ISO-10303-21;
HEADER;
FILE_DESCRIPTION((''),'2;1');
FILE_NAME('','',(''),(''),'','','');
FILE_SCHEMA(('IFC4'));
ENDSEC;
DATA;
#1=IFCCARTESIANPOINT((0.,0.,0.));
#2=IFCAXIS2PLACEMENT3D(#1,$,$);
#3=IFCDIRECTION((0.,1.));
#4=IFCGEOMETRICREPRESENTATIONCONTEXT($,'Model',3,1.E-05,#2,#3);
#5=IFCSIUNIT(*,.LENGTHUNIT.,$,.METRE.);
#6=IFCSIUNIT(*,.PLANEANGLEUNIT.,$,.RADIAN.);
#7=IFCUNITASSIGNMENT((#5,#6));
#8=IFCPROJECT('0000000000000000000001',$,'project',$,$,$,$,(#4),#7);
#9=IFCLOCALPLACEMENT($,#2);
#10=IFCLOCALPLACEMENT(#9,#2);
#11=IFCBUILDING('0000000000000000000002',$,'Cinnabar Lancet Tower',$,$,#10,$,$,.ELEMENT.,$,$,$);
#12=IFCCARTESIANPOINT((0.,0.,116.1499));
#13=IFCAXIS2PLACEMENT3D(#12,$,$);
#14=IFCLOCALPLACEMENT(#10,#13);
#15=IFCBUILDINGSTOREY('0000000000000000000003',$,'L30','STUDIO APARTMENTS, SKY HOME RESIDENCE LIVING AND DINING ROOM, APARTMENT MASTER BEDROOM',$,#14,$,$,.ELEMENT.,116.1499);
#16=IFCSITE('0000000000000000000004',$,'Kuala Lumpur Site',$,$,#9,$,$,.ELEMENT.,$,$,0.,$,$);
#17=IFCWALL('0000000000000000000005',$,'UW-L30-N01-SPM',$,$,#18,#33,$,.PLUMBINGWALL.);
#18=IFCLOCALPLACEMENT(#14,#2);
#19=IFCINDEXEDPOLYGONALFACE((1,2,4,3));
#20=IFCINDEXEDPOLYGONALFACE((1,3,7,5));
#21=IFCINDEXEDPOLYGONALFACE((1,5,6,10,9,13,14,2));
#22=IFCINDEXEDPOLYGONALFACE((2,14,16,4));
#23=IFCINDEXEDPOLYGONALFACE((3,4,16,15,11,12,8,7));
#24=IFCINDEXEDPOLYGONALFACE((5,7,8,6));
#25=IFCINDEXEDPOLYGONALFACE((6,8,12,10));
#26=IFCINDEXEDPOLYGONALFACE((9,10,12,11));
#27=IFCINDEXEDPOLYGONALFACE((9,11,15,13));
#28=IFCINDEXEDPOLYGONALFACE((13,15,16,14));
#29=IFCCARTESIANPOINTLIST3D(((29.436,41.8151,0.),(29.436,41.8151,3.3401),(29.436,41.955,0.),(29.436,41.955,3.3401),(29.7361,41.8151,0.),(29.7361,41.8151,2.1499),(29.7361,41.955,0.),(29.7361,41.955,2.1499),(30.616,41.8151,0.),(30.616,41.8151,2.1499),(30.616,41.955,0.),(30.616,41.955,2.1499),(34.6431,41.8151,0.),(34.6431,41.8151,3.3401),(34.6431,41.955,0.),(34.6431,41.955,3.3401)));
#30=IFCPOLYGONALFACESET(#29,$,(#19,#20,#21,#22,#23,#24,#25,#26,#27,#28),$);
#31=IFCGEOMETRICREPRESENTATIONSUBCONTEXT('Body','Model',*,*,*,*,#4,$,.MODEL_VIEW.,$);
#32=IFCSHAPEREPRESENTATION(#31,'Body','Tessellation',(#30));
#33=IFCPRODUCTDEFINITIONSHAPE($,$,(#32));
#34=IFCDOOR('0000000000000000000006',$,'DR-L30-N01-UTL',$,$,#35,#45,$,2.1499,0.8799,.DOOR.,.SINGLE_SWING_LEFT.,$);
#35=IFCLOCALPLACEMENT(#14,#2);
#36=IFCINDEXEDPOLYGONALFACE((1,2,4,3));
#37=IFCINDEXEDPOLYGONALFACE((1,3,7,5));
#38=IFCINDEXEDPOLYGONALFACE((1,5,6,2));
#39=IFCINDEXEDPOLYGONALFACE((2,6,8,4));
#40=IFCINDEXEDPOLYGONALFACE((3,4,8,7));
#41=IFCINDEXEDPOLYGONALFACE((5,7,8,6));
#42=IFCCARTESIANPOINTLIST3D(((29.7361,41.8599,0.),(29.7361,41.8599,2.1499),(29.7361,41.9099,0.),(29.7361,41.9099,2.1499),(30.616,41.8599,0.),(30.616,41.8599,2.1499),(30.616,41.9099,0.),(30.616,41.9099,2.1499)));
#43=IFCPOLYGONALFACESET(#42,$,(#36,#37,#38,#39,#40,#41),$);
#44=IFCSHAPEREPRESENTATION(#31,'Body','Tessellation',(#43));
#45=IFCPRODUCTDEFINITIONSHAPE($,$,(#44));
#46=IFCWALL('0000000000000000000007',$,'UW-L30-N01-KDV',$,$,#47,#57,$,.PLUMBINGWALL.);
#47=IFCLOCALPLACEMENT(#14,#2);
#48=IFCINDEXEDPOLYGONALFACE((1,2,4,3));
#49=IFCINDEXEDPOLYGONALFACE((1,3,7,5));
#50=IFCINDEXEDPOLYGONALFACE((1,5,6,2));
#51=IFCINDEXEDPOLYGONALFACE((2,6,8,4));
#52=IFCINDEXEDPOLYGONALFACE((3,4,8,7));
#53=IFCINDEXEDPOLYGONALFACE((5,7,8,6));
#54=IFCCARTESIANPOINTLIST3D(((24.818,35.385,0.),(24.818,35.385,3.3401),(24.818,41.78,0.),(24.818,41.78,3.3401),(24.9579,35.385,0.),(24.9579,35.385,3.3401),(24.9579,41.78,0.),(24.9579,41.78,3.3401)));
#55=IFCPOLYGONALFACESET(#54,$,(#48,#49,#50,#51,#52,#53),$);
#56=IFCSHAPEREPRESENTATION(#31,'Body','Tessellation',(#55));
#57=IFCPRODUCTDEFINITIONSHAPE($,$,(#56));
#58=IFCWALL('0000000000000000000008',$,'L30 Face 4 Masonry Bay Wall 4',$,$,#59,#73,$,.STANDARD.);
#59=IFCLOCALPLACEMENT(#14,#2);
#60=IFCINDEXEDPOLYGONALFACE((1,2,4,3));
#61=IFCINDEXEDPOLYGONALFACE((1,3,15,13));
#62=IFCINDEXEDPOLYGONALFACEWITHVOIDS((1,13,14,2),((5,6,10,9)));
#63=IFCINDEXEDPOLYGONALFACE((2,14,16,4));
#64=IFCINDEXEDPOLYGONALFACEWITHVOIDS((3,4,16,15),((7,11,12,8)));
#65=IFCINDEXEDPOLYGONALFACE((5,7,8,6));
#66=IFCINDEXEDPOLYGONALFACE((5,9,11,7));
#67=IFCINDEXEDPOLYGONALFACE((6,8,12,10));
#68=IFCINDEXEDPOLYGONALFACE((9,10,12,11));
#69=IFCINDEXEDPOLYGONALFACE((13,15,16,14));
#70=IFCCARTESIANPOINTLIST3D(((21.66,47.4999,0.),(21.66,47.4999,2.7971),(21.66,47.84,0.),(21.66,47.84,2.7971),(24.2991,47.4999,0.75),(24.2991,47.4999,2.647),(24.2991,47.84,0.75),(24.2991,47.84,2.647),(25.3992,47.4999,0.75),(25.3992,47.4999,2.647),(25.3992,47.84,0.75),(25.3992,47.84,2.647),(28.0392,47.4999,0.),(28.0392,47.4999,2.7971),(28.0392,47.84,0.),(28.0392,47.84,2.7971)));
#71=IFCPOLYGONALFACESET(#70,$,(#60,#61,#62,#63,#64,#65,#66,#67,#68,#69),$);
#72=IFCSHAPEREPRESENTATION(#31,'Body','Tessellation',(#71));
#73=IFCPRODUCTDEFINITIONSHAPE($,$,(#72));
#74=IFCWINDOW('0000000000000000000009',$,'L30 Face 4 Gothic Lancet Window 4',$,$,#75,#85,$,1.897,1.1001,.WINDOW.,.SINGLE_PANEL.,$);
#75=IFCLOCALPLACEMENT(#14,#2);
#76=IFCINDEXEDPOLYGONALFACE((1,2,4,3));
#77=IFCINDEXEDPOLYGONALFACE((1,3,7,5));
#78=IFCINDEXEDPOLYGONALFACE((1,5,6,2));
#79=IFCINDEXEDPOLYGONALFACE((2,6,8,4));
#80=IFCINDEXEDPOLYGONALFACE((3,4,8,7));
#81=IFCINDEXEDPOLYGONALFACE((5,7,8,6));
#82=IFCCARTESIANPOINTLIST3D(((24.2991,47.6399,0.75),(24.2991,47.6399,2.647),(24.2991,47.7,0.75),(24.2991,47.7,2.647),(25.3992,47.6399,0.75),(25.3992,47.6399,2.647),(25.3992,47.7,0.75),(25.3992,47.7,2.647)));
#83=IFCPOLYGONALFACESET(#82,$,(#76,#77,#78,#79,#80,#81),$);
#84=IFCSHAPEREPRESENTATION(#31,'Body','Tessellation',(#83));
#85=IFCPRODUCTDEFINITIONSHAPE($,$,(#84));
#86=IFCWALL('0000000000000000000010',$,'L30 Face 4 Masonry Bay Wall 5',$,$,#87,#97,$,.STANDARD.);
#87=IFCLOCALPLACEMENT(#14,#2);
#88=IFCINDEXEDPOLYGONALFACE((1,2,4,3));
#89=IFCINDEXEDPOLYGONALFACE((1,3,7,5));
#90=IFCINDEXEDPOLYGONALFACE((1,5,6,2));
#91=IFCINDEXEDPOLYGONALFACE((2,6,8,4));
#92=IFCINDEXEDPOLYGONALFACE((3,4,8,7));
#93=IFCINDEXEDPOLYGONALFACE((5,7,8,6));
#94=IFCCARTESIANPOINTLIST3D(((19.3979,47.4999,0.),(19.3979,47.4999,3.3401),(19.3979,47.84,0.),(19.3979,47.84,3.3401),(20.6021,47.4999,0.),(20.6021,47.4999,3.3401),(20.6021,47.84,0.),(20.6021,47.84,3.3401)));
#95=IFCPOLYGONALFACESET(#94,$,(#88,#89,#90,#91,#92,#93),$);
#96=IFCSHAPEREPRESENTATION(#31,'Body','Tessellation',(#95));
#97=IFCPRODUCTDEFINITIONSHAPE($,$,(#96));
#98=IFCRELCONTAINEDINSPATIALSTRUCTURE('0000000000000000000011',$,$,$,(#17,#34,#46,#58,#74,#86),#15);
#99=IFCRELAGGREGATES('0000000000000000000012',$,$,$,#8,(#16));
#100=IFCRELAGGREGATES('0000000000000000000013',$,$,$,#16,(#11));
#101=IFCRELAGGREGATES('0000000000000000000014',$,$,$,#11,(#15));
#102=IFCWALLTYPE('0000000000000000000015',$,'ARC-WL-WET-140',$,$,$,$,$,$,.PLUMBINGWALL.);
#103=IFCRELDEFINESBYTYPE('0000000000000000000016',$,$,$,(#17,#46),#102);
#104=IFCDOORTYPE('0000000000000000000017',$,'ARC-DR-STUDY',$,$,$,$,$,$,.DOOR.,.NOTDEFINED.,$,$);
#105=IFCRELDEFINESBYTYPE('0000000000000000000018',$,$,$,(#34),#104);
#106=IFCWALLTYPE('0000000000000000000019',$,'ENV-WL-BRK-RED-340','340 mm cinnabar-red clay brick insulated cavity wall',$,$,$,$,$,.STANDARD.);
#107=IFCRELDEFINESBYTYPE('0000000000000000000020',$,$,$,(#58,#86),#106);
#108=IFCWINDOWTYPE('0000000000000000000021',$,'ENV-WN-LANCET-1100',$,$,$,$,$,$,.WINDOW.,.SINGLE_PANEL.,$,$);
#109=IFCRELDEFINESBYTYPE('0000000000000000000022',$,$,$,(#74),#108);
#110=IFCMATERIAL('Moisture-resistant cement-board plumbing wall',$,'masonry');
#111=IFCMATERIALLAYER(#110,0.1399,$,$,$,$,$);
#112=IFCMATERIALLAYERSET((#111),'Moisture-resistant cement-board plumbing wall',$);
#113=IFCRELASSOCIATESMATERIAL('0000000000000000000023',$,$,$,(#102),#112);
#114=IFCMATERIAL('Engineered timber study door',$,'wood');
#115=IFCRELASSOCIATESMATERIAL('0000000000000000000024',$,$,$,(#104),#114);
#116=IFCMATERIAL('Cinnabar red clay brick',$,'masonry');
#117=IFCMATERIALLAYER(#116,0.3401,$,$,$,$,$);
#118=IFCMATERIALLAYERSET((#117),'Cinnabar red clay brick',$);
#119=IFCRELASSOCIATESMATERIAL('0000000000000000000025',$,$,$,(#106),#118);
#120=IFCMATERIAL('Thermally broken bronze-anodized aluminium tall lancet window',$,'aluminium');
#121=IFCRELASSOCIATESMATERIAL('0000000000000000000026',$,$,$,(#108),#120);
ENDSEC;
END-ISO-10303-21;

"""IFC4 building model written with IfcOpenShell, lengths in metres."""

from ifc_helpers import new_model, si_unit, direction, frame, frame_2d, origin, place, context, subcontext, project, spatial, rectangle, extrude, material, layer, layer_set, type_object, element, fill, save


model = new_model("IFC4")

# Units and contexts
model_context = context("Model", 3, precision=1e-05, world=origin(), true_north=direction((0.0, 1.0)))
body_context = subcontext(model_context, "Body", "Model", "MODEL_VIEW")
ifc_project = project(units=[si_unit("LENGTHUNIT", "METRE"), si_unit("PLANEANGLEUNIT", "RADIAN")], contexts=[model_context])

# Site, building, storey
site_placement = place(None, origin())
site = spatial("IfcSite", under=ifc_project, at=site_placement, Name="Kuala Lumpur Site", CompositionType="ELEMENT", RefElevation=0.0)
building_placement = place(site_placement, origin())
building = spatial("IfcBuilding", under=site, at=building_placement, Name="Cinnabar Lancet Tower", CompositionType="ELEMENT")
storey_placement = place(building_placement, frame((0.0, 0.0, 116.1499)))
storey = spatial("IfcBuildingStorey", under=building, at=storey_placement, Name="L30", Description="STUDIO APARTMENTS, SKY HOME RESIDENCE LIVING AND DINING ROOM, APARTMENT MASTER BEDROOM", CompositionType="ELEMENT", Elevation=116.1499)

# Shared definitions
ifc_material_1 = material(Name="Moisture-resistant cement-board plumbing wall", Category="masonry")
ifc_layer_1 = layer(ifc_material_1, 0.1399)
ifc_layer_set_1 = layer_set([ifc_layer_1], Name="Moisture-resistant cement-board plumbing wall")
wall_type_1 = type_object("IfcWallType", Name="ARC-WL-WET-140", PredefinedType="PLUMBINGWALL", material=ifc_layer_set_1)
ifc_material_2 = material(Name="Engineered timber study door", Category="wood")
door_type_1 = type_object("IfcDoorType", Name="ARC-DR-STUDY", OperationType="NOTDEFINED", PredefinedType="DOOR", material=ifc_material_2)

# Wall, opening, door
wall_1_placement = place(storey_placement, frame((29.436, 41.885, 0.0), z_axis=(0.0, 0.0, 1.0), x_axis=(1.0, 0.0, 0.0)))
wall_1 = element("IfcWall", 1, at=wall_1_placement, inside=storey, type_object=wall_type_1, Name="UW-L30-N01-SPM", PredefinedType="PLUMBINGWALL", context=body_context, shape_type="SweptSolid", body=[
    extrude(rectangle(XDim=5.207, YDim=0.1399, at=frame_2d((2.6035, 0.0))), origin(), (0.0, 0.0, 1.0), 3.3401),
])
opening_1_placement = place(wall_1_placement, frame((0.3, 0.0, 0.0)))
opening_1 = element("IfcOpeningElement", 2, at=opening_1_placement, cuts=wall_1, PredefinedType="OPENING", context=body_context, shape_type="SweptSolid", body=[
    extrude(rectangle(XDim=0.8799, YDim=2.1499, at=frame_2d((0.4399, 1.075))), frame((0.0, 0.0798, 0.0), z_axis=(0.0, -1.0, 0.0), x_axis=(1.0, 0.0, 0.0)), (0.0, 0.0, 1.0), 0.1599),
])
door_1_placement = place(opening_1_placement, origin())
door_1 = element("IfcDoor", 3, at=door_1_placement, inside=storey, type_object=door_type_1, Name="DR-L30-N01-UTL", OperationType="SINGLE_SWING_LEFT", OverallHeight=2.1499, OverallWidth=0.8799, PredefinedType="DOOR", context=body_context, shape_type="SweptSolid", body=[
    extrude(rectangle(XDim=0.8799, YDim=2.1499, at=frame_2d((0.4399, 1.075))), frame((0.0, 0.0249, 0.0), z_axis=(0.0, -1.0, 0.0), x_axis=(1.0, 0.0, 0.0)), (0.0, 0.0, 1.0), 0.05),
])
fill(opening_1, door_1)

# Wall
wall_2_placement = place(storey_placement, frame((24.8879, 35.385, 0.0), z_axis=(0.0, 0.0, 1.0), x_axis=(0.0, 1.0, 0.0)))
element("IfcWall", 4, at=wall_2_placement, inside=storey, type_object=wall_type_1, Name="UW-L30-N01-KDV", PredefinedType="PLUMBINGWALL", context=body_context, shape_type="SweptSolid", body=[
    extrude(rectangle(XDim=6.395, YDim=0.1399, at=frame_2d((3.1975, 0.0))), origin(), (0.0, 0.0, 1.0), 3.3401),
])

# Wall, opening, window
ifc_material_3 = material(Name="Cinnabar red clay brick", Category="masonry")
ifc_layer_2 = layer(ifc_material_3, 0.3401)
ifc_layer_set_2 = layer_set([ifc_layer_2], Name="Cinnabar red clay brick")
wall_type_2 = type_object("IfcWallType", Name="ENV-WL-BRK-RED-340", Description="340 mm cinnabar-red clay brick insulated cavity wall", PredefinedType="STANDARD", material=ifc_layer_set_2)
wall_3_placement = place(storey_placement, frame((28.0391, 47.6699, 0.0), z_axis=(0.0, 0.0, 1.0), x_axis=(-1.0, 0.0, 0.0)))
wall_3 = element("IfcWall", 5, at=wall_3_placement, inside=storey, type_object=wall_type_2, Name="L30 Face 4 Masonry Bay Wall 4", PredefinedType="STANDARD", context=body_context, shape_type="SweptSolid", body=[
    extrude(rectangle(XDim=6.3792, YDim=0.3401, at=frame_2d((3.1895, 0.0))), origin(), (0.0, 0.0, 1.0), 2.7971),
])
opening_2_placement = place(wall_3_placement, frame((2.6399, 0.0, 0.75)))
opening_2 = element("IfcOpeningElement", 6, at=opening_2_placement, cuts=wall_3, PredefinedType="OPENING", context=body_context, shape_type="SweptSolid", body=[
    extrude(rectangle(XDim=1.1001, YDim=1.897, at=frame_2d((0.55, 0.9485))), frame((0.0, 0.1799, 0.0), z_axis=(0.0, -1.0, 0.0), x_axis=(1.0, 0.0, 0.0)), (0.0, 0.0, 1.0), 0.3601),
])
ifc_material_4 = material(Name="Thermally broken bronze-anodized aluminium tall lancet window", Category="aluminium")
window_type = type_object("IfcWindowType", Name="ENV-WN-LANCET-1100", PartitioningType="SINGLE_PANEL", PredefinedType="WINDOW", material=ifc_material_4)
window_placement = place(opening_2_placement, origin())
window = element("IfcWindow", 7, at=window_placement, inside=storey, type_object=window_type, Name="L30 Face 4 Gothic Lancet Window 4", OverallHeight=1.897, OverallWidth=1.1001, PartitioningType="SINGLE_PANEL", PredefinedType="WINDOW", context=body_context, shape_type="SweptSolid", body=[
    extrude(rectangle(XDim=1.1001, YDim=1.897, at=frame_2d((0.55, 0.9485))), frame((0.0, 0.03, 0.0), z_axis=(0.0, -1.0, 0.0), x_axis=(1.0, 0.0, 0.0)), (0.0, 0.0, 1.0), 0.0601),
])
fill(opening_2, window)

# Wall
wall_4_placement = place(storey_placement, frame((20.6021, 47.6699, 0.0), z_axis=(0.0, 0.0, 1.0), x_axis=(-1.0, 0.0, 0.0)))
element("IfcWall", 8, at=wall_4_placement, inside=storey, type_object=wall_type_2, Name="L30 Face 4 Masonry Bay Wall 5", PredefinedType="STANDARD", context=body_context, shape_type="SweptSolid", body=[
    extrude(rectangle(XDim=1.2041, YDim=0.3401, at=frame_2d((0.6021, 0.0))), origin(), (0.0, 0.0, 1.0), 3.3401),
])

save(model, "model.ifc")
